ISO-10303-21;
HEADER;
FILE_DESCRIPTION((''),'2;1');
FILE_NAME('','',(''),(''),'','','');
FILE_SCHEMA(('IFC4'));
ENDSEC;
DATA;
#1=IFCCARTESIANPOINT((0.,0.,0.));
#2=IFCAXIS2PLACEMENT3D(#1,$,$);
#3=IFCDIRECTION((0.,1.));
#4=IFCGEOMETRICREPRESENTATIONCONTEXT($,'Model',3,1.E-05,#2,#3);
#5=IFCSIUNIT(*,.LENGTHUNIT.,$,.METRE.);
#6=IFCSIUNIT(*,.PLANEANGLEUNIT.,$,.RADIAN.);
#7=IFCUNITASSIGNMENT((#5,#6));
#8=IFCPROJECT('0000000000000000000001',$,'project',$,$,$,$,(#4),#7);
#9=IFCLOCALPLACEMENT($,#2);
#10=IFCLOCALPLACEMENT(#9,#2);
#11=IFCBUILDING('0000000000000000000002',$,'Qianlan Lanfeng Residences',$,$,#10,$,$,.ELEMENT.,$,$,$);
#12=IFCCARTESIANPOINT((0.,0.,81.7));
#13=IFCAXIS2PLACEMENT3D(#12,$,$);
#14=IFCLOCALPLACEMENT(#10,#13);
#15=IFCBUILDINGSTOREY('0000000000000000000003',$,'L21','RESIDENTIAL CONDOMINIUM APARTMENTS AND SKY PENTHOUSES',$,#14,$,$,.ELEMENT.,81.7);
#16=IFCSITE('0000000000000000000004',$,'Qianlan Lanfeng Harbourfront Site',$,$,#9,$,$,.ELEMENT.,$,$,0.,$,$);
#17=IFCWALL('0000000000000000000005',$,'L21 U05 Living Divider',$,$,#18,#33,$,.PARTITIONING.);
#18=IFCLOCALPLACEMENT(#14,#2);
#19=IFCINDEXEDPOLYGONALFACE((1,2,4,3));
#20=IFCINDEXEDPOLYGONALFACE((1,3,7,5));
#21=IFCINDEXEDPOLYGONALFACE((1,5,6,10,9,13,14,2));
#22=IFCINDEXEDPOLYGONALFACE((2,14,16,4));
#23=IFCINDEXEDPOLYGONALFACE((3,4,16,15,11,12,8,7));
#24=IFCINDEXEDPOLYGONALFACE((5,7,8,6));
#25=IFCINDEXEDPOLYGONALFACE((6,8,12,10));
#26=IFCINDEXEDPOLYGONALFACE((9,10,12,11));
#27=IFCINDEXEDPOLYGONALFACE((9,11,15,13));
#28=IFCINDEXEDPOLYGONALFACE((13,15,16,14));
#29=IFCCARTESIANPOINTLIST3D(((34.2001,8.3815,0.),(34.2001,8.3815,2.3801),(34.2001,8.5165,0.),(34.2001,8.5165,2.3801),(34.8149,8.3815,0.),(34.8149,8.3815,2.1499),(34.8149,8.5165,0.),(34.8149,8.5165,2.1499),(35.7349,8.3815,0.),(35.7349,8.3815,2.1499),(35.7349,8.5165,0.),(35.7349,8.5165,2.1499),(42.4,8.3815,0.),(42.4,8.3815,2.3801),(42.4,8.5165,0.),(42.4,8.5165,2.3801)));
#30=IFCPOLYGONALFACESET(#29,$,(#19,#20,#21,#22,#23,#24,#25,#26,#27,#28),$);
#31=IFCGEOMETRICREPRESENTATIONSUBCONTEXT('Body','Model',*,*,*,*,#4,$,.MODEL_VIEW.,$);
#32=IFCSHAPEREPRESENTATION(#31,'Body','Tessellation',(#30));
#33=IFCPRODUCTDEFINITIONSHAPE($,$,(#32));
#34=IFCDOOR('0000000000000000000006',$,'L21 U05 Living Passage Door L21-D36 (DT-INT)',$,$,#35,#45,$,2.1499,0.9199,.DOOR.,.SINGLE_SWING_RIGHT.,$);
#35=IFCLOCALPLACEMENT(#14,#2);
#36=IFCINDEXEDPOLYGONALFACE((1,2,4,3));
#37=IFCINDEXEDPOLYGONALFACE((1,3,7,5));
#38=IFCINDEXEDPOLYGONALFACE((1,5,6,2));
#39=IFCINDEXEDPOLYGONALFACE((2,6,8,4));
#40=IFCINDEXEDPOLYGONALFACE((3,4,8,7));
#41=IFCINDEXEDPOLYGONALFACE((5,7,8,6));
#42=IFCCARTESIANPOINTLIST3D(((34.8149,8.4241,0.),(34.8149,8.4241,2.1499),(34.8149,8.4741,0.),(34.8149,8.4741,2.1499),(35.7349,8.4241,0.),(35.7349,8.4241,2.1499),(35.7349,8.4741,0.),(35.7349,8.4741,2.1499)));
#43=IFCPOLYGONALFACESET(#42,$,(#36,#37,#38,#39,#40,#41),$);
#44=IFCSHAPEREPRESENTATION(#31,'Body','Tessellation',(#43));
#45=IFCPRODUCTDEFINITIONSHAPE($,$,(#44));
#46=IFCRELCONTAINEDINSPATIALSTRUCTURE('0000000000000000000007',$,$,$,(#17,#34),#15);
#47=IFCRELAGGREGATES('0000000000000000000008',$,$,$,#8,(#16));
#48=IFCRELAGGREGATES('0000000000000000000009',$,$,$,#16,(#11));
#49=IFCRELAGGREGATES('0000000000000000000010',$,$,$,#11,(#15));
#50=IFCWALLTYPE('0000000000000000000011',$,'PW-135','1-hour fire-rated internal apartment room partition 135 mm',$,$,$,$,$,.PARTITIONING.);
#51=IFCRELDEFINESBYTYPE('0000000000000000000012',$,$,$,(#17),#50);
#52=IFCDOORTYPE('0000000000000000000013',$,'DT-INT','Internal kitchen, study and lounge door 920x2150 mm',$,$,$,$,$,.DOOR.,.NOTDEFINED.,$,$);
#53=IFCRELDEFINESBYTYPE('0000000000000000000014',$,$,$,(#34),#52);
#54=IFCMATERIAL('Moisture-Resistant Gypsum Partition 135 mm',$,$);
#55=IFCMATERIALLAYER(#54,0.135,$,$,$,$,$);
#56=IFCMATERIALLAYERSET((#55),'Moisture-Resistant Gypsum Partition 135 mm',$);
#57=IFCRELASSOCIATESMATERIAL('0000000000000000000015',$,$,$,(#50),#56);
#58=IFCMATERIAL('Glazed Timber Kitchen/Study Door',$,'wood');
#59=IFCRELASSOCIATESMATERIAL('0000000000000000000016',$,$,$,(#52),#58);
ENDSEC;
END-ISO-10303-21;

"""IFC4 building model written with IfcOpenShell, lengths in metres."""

from ifc_helpers import new_model, si_unit, direction, frame, frame_2d, origin, place, context, subcontext, project, spatial, rectangle, extrude, material, layer, layer_set, type_object, element, fill, save


model = new_model("IFC4")

# Units and contexts
model_context = context("Model", 3, precision=1e-05, world=origin(), true_north=direction((0.0, 1.0)))
body_context = subcontext(model_context, "Body", "Model", "MODEL_VIEW")
ifc_project = project(units=[si_unit("LENGTHUNIT", "METRE"), si_unit("PLANEANGLEUNIT", "RADIAN")], contexts=[model_context])

# Site, building, storey
site_placement = place(None, origin())
site = spatial("IfcSite", under=ifc_project, at=site_placement, Name="Qianlan Lanfeng Harbourfront Site", CompositionType="ELEMENT", RefElevation=0.0)
building_placement = place(site_placement, origin())
building = spatial("IfcBuilding", under=site, at=building_placement, Name="Qianlan Lanfeng Residences", CompositionType="ELEMENT")
storey_placement = place(building_placement, frame((0.0, 0.0, 81.7)))
storey = spatial("IfcBuildingStorey", under=building, at=storey_placement, Name="L21", Description="RESIDENTIAL CONDOMINIUM APARTMENTS AND SKY PENTHOUSES", CompositionType="ELEMENT", Elevation=81.7)

# Shared definitions
ifc_material_1 = material(Name="Moisture-Resistant Gypsum Partition 135 mm")
ifc_layer = layer(ifc_material_1, 0.135)
ifc_layer_set = layer_set([ifc_layer], Name="Moisture-Resistant Gypsum Partition 135 mm")
wall_type = type_object("IfcWallType", Name="PW-135", Description="1-hour fire-rated internal apartment room partition 135 mm", PredefinedType="PARTITIONING", material=ifc_layer_set)
ifc_material_2 = material(Name="Glazed Timber Kitchen/Study Door", Category="wood")
door_type_1 = type_object("IfcDoorType", Name="DT-INT", Description="Internal kitchen, study and lounge door 920x2150 mm", OperationType="NOTDEFINED", PredefinedType="DOOR", material=ifc_material_2)

# Wall, opening, door
wall_1_placement = place(storey_placement, frame((34.2, 8.449, 0.0), z_axis=(0.0, 0.0, 1.0), x_axis=(1.0, 0.0, 0.0)))
wall_1 = element("IfcWall", 1, at=wall_1_placement, inside=storey, type_object=wall_type, Name="L21 U05 Living Divider", PredefinedType="PARTITIONING", context=body_context, shape_type="SweptSolid", body=[
    extrude(rectangle(XDim=8.2, YDim=0.135, at=frame_2d((4.1001, 0.0))), origin(), (0.0, 0.0, 1.0), 2.3801),
])
opening_1_placement = place(wall_1_placement, frame((0.615, 0.0, 0.0)))
opening_1 = element("IfcOpeningElement", 2, at=opening_1_placement, cuts=wall_1, PredefinedType="OPENING", context=body_context, shape_type="SweptSolid", body=[
    extrude(rectangle(XDim=0.9199, YDim=2.1499, at=frame_2d((0.46, 1.075))), frame((0.0, 0.0776, 0.0), z_axis=(0.0, -1.0, 0.0), x_axis=(1.0, 0.0, 0.0)), (0.0, 0.0, 1.0), 0.155),
])
door_1_placement = place(opening_1_placement, frame((0.9199, 0.0, 0.0), z_axis=(0.0, 0.0, 1.0), x_axis=(-1.0, 0.0, 0.0)))
door_1 = element("IfcDoor", 3, at=door_1_placement, inside=storey, type_object=door_type_1, Name="L21 U05 Living Passage Door L21-D36 (DT-INT)", OperationType="SINGLE_SWING_RIGHT", OverallHeight=2.1499, OverallWidth=0.9199, PredefinedType="DOOR", context=body_context, shape_type="SweptSolid", body=[
    extrude(rectangle(XDim=0.9199, YDim=2.1499, at=frame_2d((0.46, 1.075))), frame((0.0, 0.0249, 0.0), z_axis=(0.0, -1.0, 0.0), x_axis=(1.0, 0.0, 0.0)), (0.0, 0.0, 1.0), 0.05),
])
fill(opening_1, door_1)

save(model, "model.ifc")
